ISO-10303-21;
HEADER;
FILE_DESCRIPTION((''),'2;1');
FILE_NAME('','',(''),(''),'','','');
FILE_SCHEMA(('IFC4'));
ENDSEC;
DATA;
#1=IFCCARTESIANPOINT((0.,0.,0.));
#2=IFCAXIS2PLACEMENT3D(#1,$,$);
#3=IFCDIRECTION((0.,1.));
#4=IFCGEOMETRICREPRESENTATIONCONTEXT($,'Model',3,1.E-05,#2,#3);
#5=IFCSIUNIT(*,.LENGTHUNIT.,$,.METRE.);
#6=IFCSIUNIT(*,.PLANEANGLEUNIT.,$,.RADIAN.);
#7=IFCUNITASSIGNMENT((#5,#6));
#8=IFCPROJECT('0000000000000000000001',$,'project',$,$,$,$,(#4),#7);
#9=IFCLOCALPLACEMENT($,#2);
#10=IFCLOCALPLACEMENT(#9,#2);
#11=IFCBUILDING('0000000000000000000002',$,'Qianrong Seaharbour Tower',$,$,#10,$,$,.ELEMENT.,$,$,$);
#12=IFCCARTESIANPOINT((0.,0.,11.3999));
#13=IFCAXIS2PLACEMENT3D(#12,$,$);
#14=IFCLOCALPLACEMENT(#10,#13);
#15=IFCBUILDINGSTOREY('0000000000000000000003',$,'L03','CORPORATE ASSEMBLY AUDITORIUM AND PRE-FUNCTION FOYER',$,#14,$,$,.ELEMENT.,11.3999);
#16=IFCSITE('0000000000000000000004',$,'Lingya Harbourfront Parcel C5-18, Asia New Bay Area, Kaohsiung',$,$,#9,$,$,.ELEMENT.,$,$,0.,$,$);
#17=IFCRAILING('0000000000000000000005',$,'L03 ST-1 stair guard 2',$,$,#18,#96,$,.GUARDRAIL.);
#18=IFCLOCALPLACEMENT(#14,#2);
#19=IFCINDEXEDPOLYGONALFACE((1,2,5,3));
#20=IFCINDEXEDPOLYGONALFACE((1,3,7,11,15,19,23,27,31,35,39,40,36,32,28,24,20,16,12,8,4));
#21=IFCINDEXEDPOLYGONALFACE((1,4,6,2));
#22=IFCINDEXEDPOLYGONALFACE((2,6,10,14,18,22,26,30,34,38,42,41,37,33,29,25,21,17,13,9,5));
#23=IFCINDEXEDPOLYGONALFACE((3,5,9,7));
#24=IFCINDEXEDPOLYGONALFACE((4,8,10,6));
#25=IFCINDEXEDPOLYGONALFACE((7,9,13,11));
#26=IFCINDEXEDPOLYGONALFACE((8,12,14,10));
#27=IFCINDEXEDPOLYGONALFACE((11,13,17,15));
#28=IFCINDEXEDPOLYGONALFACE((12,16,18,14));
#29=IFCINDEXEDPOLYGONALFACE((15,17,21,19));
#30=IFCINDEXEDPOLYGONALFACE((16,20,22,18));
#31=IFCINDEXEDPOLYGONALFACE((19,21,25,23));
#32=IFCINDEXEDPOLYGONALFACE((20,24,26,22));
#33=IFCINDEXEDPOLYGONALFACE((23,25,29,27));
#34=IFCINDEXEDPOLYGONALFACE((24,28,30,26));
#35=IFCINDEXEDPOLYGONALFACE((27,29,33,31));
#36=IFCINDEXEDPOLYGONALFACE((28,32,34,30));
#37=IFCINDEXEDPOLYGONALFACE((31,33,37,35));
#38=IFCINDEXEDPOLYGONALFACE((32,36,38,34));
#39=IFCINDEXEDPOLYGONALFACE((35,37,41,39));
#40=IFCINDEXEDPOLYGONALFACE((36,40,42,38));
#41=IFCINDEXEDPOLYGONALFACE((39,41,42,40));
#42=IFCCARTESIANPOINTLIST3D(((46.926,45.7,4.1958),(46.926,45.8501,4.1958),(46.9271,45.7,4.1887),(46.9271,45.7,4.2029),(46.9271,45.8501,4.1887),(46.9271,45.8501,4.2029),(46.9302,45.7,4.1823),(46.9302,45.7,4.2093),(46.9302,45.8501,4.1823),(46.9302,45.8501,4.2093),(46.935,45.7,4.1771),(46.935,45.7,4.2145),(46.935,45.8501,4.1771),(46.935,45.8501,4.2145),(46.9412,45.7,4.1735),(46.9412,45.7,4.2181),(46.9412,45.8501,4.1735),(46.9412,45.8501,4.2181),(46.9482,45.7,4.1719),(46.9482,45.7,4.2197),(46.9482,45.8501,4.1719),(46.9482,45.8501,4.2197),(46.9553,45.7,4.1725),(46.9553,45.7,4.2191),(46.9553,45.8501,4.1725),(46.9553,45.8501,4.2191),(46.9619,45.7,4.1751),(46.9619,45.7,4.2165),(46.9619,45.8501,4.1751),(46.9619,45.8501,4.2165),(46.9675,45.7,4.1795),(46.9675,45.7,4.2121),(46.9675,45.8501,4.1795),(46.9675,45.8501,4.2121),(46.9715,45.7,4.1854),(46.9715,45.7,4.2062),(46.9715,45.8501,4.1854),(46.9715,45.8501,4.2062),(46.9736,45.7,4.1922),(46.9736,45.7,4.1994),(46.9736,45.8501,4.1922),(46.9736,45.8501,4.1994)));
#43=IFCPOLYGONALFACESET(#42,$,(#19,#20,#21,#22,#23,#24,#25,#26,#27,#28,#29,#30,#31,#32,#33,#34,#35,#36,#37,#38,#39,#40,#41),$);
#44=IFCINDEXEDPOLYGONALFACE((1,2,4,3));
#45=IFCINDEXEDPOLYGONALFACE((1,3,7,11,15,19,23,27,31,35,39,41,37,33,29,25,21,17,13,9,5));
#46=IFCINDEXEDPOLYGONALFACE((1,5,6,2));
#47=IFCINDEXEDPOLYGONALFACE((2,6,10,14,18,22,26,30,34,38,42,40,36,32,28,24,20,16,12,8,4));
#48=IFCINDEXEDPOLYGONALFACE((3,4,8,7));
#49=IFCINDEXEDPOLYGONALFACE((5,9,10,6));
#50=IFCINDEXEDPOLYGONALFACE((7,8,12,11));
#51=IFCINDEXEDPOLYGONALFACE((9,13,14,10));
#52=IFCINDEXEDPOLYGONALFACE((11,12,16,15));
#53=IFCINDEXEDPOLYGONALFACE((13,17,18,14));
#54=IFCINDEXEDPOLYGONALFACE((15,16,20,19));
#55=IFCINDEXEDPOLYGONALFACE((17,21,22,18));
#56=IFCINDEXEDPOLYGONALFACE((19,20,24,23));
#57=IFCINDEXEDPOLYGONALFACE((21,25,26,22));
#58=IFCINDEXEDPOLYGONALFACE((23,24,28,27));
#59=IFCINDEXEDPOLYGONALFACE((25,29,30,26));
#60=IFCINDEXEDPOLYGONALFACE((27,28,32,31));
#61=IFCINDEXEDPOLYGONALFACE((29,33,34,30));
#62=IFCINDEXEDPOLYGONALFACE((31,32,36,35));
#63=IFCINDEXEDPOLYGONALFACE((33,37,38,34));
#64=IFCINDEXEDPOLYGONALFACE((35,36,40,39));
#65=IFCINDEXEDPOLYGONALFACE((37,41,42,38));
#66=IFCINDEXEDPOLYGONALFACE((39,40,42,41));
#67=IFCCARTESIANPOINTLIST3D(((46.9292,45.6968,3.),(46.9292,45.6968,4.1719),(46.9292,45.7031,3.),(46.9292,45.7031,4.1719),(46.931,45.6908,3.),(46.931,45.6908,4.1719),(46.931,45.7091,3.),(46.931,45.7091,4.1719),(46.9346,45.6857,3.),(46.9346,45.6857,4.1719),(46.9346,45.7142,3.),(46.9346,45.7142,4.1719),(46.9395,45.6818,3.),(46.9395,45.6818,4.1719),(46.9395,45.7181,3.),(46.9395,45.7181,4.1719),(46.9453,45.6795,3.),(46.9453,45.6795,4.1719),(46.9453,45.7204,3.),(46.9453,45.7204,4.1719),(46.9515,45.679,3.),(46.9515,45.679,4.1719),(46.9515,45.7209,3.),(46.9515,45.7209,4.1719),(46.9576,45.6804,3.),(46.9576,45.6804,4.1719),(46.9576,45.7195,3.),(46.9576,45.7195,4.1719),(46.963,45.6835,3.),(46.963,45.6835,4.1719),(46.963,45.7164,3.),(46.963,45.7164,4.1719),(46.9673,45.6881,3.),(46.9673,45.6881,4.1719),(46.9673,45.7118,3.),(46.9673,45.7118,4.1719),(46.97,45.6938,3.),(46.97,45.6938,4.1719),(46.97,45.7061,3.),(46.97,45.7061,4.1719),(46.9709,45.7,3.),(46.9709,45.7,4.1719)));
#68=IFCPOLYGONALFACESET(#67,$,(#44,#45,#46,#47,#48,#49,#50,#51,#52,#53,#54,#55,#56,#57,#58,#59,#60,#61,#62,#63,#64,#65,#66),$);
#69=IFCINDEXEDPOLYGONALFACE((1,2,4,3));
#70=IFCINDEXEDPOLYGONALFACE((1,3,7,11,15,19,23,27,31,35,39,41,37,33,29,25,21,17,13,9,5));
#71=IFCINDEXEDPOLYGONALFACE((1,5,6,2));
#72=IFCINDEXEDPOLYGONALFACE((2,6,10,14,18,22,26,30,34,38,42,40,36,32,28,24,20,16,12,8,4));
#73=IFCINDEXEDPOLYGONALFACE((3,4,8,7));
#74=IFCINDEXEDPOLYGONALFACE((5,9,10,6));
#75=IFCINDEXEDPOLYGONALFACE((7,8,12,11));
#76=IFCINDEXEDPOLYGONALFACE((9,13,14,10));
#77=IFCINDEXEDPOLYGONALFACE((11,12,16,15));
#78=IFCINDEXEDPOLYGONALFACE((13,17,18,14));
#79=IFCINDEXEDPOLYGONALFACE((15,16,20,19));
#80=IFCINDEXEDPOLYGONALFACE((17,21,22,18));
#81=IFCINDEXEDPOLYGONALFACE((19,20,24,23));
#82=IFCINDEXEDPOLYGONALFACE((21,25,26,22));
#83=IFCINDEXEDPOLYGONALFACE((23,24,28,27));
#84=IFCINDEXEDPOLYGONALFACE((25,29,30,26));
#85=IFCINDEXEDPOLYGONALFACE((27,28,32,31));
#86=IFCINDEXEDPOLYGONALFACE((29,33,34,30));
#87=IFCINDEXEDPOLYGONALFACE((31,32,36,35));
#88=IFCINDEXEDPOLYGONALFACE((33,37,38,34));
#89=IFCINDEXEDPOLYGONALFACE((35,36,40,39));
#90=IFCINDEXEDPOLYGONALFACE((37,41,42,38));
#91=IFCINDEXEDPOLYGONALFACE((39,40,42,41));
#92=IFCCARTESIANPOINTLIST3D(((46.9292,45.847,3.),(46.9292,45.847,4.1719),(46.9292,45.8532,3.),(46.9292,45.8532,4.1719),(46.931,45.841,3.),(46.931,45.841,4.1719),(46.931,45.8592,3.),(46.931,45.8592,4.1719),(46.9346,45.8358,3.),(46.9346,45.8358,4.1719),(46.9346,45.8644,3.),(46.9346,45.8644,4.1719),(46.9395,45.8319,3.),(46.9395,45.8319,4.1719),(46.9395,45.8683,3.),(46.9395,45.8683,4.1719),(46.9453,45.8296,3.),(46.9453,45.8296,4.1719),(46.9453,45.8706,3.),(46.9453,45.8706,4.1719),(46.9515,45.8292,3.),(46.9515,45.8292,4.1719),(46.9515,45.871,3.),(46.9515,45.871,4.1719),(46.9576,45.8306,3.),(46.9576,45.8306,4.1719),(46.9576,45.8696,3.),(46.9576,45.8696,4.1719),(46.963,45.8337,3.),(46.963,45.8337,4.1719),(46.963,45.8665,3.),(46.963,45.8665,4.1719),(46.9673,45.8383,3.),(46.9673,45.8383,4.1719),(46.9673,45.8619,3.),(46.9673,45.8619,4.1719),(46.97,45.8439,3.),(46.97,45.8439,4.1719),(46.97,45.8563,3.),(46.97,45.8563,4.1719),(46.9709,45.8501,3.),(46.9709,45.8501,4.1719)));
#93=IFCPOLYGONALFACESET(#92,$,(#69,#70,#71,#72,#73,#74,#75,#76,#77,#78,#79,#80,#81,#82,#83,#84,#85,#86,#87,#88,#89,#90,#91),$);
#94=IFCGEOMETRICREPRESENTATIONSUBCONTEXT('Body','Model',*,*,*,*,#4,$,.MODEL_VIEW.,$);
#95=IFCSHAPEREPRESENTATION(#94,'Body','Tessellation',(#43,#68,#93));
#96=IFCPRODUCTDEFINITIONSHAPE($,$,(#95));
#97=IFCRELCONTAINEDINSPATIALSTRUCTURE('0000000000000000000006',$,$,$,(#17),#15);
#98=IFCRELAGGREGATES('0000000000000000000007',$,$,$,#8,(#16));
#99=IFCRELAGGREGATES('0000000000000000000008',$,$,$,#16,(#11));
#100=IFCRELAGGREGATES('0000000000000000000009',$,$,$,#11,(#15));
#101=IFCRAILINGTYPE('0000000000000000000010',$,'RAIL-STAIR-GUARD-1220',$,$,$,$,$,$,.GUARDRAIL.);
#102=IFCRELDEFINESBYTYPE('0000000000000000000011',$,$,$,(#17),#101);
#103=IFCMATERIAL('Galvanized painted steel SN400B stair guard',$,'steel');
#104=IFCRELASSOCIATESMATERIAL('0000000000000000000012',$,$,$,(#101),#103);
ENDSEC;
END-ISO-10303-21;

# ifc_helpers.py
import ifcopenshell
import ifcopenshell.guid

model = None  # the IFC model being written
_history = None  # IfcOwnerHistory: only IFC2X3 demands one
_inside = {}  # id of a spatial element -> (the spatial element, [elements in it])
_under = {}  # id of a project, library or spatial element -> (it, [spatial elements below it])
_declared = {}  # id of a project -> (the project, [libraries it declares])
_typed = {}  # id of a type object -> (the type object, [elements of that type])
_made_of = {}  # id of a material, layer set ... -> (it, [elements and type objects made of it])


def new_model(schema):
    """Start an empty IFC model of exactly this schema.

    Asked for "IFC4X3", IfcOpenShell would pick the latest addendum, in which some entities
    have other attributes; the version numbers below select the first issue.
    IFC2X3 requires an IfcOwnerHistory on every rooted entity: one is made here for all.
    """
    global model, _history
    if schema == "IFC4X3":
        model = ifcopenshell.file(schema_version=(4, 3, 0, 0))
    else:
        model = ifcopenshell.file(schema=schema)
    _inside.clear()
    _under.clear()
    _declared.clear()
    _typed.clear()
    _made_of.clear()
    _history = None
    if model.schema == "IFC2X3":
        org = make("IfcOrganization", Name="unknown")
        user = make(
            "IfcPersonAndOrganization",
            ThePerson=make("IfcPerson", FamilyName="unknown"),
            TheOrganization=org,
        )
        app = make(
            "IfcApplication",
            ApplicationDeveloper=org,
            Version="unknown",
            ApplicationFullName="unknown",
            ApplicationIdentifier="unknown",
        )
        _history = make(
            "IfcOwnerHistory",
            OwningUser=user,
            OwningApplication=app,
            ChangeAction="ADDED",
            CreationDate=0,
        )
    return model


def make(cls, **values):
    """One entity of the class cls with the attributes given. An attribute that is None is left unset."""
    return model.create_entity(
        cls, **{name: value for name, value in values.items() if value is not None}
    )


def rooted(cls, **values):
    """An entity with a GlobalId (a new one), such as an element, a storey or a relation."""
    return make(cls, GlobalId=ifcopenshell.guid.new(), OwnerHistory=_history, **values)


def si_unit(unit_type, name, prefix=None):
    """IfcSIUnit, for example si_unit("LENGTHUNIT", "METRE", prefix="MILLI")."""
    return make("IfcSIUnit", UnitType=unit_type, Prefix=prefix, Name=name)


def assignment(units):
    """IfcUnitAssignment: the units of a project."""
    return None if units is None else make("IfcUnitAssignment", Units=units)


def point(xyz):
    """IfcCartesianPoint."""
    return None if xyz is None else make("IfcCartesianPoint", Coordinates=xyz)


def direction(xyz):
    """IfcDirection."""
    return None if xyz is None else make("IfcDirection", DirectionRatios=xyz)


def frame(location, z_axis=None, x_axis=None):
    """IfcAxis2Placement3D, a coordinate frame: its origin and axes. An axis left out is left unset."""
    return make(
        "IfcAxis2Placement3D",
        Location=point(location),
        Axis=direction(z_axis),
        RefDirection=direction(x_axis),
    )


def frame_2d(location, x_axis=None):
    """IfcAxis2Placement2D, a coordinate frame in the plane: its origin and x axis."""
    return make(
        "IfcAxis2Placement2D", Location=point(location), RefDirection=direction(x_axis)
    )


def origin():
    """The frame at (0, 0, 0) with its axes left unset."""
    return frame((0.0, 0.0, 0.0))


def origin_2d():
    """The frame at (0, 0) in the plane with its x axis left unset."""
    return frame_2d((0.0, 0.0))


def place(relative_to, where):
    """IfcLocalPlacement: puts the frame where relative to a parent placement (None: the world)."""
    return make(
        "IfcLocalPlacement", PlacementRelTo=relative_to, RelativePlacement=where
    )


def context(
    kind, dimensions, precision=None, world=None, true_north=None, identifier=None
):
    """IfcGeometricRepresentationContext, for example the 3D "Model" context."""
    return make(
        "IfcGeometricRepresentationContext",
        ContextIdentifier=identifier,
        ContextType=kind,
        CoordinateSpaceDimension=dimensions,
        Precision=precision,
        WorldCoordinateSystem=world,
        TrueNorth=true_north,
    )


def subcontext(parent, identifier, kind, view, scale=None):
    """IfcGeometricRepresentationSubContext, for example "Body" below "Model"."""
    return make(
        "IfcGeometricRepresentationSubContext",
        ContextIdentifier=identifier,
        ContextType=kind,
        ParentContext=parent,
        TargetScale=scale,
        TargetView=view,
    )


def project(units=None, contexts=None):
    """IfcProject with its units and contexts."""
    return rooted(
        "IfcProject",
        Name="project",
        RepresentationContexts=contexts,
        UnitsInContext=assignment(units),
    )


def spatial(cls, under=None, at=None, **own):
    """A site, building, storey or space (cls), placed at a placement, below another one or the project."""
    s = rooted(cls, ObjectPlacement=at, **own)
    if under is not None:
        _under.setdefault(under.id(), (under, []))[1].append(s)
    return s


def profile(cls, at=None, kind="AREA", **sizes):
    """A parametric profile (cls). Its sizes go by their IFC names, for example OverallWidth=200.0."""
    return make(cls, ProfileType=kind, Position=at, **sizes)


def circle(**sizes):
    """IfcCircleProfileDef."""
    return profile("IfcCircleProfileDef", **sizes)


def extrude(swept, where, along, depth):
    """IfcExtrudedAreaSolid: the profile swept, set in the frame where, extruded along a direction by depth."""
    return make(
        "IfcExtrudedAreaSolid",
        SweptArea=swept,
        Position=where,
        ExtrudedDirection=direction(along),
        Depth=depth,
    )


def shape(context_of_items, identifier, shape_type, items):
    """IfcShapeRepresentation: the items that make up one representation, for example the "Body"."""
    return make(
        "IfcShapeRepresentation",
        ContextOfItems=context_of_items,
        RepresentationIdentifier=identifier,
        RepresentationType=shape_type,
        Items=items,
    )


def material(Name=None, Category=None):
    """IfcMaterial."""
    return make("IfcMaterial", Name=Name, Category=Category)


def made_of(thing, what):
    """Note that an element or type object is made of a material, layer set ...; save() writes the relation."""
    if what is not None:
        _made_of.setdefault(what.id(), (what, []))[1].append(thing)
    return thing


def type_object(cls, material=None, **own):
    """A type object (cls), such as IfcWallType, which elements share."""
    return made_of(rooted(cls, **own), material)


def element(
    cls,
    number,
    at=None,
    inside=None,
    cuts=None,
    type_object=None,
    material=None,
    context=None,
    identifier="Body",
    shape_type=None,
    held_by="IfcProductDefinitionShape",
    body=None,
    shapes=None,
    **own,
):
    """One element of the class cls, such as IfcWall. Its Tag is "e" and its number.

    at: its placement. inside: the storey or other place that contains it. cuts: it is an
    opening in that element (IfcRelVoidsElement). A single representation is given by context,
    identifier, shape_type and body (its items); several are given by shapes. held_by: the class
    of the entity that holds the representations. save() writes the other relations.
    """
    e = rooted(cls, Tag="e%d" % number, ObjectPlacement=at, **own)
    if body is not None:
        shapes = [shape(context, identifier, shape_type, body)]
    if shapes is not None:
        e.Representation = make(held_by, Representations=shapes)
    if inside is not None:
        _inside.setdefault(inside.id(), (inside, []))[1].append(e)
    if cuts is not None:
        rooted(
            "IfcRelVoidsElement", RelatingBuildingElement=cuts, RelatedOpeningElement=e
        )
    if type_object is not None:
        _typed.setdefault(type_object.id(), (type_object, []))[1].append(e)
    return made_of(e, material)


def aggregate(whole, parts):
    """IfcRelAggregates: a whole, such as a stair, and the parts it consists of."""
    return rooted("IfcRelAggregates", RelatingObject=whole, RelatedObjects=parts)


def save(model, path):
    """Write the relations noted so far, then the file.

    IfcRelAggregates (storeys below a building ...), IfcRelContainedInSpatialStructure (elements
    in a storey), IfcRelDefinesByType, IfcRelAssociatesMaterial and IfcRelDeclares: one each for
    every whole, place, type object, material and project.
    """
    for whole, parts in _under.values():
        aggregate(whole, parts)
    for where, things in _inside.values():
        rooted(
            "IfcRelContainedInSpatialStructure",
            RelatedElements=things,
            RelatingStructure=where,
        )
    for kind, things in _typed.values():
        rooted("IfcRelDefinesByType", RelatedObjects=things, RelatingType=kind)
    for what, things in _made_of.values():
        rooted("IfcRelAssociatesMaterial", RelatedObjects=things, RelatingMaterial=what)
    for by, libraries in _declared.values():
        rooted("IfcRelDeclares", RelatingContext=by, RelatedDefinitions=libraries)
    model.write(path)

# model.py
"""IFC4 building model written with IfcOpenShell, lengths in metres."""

from ifc_helpers import new_model, si_unit, direction, frame, origin, origin_2d, place, context, subcontext, project, spatial, circle, extrude, material, type_object, element, save


model = new_model("IFC4")

# Units and contexts
model_context = context("Model", 3, precision=1e-05, world=origin(), true_north=direction((0.0, 1.0)))
body_context = subcontext(model_context, "Body", "Model", "MODEL_VIEW")
ifc_project = project(units=[si_unit("LENGTHUNIT", "METRE"), si_unit("PLANEANGLEUNIT", "RADIAN")], contexts=[model_context])

# Site, building, storey
site_placement = place(None, origin())
site = spatial("IfcSite", under=ifc_project, at=site_placement, Name="Lingya Harbourfront Parcel C5-18, Asia New Bay Area, Kaohsiung", CompositionType="ELEMENT", RefElevation=0.0)
building_placement = place(site_placement, origin())
building = spatial("IfcBuilding", under=site, at=building_placement, Name="Qianrong Seaharbour Tower", CompositionType="ELEMENT")
storey_placement = place(building_placement, frame((0.0, 0.0, 11.3999)))
storey = spatial("IfcBuildingStorey", under=building, at=storey_placement, Name="L03", Description="CORPORATE ASSEMBLY AUDITORIUM AND PRE-FUNCTION FOYER", CompositionType="ELEMENT", Elevation=11.3999)

# Railing
ifc_material_1 = material(Name="Galvanized painted steel SN400B stair guard", Category="steel")
railing_type_1 = type_object("IfcRailingType", Name="RAIL-STAIR-GUARD-1220", PredefinedType="GUARDRAIL", material=ifc_material_1)
railing_1_placement = place(storey_placement, frame((46.95, 45.7, 3.0)))
element("IfcRailing", 1, at=railing_1_placement, inside=storey, type_object=railing_type_1, Name="L03 ST-1 stair guard 2", PredefinedType="GUARDRAIL", context=body_context, shape_type="SweptSolid", body=[
    extrude(circle(Radius=0.0239, at=origin_2d()), frame((0.0, 0.0, 1.1958), z_axis=(0.0, 1.0, 0.0), x_axis=(-1.0, 0.0, 0.0)), (0.0, 0.0, 1.0), 0.1501),
    extrude(circle(Radius=0.021, at=origin_2d()), origin(), (0.0, 0.0, 1.0), 1.1719),
    extrude(circle(Radius=0.021, at=origin_2d()), frame((0.0, 0.1501, 0.0)), (0.0, 0.0, 1.0), 1.1719),
])

save(model, "model.ifc")
